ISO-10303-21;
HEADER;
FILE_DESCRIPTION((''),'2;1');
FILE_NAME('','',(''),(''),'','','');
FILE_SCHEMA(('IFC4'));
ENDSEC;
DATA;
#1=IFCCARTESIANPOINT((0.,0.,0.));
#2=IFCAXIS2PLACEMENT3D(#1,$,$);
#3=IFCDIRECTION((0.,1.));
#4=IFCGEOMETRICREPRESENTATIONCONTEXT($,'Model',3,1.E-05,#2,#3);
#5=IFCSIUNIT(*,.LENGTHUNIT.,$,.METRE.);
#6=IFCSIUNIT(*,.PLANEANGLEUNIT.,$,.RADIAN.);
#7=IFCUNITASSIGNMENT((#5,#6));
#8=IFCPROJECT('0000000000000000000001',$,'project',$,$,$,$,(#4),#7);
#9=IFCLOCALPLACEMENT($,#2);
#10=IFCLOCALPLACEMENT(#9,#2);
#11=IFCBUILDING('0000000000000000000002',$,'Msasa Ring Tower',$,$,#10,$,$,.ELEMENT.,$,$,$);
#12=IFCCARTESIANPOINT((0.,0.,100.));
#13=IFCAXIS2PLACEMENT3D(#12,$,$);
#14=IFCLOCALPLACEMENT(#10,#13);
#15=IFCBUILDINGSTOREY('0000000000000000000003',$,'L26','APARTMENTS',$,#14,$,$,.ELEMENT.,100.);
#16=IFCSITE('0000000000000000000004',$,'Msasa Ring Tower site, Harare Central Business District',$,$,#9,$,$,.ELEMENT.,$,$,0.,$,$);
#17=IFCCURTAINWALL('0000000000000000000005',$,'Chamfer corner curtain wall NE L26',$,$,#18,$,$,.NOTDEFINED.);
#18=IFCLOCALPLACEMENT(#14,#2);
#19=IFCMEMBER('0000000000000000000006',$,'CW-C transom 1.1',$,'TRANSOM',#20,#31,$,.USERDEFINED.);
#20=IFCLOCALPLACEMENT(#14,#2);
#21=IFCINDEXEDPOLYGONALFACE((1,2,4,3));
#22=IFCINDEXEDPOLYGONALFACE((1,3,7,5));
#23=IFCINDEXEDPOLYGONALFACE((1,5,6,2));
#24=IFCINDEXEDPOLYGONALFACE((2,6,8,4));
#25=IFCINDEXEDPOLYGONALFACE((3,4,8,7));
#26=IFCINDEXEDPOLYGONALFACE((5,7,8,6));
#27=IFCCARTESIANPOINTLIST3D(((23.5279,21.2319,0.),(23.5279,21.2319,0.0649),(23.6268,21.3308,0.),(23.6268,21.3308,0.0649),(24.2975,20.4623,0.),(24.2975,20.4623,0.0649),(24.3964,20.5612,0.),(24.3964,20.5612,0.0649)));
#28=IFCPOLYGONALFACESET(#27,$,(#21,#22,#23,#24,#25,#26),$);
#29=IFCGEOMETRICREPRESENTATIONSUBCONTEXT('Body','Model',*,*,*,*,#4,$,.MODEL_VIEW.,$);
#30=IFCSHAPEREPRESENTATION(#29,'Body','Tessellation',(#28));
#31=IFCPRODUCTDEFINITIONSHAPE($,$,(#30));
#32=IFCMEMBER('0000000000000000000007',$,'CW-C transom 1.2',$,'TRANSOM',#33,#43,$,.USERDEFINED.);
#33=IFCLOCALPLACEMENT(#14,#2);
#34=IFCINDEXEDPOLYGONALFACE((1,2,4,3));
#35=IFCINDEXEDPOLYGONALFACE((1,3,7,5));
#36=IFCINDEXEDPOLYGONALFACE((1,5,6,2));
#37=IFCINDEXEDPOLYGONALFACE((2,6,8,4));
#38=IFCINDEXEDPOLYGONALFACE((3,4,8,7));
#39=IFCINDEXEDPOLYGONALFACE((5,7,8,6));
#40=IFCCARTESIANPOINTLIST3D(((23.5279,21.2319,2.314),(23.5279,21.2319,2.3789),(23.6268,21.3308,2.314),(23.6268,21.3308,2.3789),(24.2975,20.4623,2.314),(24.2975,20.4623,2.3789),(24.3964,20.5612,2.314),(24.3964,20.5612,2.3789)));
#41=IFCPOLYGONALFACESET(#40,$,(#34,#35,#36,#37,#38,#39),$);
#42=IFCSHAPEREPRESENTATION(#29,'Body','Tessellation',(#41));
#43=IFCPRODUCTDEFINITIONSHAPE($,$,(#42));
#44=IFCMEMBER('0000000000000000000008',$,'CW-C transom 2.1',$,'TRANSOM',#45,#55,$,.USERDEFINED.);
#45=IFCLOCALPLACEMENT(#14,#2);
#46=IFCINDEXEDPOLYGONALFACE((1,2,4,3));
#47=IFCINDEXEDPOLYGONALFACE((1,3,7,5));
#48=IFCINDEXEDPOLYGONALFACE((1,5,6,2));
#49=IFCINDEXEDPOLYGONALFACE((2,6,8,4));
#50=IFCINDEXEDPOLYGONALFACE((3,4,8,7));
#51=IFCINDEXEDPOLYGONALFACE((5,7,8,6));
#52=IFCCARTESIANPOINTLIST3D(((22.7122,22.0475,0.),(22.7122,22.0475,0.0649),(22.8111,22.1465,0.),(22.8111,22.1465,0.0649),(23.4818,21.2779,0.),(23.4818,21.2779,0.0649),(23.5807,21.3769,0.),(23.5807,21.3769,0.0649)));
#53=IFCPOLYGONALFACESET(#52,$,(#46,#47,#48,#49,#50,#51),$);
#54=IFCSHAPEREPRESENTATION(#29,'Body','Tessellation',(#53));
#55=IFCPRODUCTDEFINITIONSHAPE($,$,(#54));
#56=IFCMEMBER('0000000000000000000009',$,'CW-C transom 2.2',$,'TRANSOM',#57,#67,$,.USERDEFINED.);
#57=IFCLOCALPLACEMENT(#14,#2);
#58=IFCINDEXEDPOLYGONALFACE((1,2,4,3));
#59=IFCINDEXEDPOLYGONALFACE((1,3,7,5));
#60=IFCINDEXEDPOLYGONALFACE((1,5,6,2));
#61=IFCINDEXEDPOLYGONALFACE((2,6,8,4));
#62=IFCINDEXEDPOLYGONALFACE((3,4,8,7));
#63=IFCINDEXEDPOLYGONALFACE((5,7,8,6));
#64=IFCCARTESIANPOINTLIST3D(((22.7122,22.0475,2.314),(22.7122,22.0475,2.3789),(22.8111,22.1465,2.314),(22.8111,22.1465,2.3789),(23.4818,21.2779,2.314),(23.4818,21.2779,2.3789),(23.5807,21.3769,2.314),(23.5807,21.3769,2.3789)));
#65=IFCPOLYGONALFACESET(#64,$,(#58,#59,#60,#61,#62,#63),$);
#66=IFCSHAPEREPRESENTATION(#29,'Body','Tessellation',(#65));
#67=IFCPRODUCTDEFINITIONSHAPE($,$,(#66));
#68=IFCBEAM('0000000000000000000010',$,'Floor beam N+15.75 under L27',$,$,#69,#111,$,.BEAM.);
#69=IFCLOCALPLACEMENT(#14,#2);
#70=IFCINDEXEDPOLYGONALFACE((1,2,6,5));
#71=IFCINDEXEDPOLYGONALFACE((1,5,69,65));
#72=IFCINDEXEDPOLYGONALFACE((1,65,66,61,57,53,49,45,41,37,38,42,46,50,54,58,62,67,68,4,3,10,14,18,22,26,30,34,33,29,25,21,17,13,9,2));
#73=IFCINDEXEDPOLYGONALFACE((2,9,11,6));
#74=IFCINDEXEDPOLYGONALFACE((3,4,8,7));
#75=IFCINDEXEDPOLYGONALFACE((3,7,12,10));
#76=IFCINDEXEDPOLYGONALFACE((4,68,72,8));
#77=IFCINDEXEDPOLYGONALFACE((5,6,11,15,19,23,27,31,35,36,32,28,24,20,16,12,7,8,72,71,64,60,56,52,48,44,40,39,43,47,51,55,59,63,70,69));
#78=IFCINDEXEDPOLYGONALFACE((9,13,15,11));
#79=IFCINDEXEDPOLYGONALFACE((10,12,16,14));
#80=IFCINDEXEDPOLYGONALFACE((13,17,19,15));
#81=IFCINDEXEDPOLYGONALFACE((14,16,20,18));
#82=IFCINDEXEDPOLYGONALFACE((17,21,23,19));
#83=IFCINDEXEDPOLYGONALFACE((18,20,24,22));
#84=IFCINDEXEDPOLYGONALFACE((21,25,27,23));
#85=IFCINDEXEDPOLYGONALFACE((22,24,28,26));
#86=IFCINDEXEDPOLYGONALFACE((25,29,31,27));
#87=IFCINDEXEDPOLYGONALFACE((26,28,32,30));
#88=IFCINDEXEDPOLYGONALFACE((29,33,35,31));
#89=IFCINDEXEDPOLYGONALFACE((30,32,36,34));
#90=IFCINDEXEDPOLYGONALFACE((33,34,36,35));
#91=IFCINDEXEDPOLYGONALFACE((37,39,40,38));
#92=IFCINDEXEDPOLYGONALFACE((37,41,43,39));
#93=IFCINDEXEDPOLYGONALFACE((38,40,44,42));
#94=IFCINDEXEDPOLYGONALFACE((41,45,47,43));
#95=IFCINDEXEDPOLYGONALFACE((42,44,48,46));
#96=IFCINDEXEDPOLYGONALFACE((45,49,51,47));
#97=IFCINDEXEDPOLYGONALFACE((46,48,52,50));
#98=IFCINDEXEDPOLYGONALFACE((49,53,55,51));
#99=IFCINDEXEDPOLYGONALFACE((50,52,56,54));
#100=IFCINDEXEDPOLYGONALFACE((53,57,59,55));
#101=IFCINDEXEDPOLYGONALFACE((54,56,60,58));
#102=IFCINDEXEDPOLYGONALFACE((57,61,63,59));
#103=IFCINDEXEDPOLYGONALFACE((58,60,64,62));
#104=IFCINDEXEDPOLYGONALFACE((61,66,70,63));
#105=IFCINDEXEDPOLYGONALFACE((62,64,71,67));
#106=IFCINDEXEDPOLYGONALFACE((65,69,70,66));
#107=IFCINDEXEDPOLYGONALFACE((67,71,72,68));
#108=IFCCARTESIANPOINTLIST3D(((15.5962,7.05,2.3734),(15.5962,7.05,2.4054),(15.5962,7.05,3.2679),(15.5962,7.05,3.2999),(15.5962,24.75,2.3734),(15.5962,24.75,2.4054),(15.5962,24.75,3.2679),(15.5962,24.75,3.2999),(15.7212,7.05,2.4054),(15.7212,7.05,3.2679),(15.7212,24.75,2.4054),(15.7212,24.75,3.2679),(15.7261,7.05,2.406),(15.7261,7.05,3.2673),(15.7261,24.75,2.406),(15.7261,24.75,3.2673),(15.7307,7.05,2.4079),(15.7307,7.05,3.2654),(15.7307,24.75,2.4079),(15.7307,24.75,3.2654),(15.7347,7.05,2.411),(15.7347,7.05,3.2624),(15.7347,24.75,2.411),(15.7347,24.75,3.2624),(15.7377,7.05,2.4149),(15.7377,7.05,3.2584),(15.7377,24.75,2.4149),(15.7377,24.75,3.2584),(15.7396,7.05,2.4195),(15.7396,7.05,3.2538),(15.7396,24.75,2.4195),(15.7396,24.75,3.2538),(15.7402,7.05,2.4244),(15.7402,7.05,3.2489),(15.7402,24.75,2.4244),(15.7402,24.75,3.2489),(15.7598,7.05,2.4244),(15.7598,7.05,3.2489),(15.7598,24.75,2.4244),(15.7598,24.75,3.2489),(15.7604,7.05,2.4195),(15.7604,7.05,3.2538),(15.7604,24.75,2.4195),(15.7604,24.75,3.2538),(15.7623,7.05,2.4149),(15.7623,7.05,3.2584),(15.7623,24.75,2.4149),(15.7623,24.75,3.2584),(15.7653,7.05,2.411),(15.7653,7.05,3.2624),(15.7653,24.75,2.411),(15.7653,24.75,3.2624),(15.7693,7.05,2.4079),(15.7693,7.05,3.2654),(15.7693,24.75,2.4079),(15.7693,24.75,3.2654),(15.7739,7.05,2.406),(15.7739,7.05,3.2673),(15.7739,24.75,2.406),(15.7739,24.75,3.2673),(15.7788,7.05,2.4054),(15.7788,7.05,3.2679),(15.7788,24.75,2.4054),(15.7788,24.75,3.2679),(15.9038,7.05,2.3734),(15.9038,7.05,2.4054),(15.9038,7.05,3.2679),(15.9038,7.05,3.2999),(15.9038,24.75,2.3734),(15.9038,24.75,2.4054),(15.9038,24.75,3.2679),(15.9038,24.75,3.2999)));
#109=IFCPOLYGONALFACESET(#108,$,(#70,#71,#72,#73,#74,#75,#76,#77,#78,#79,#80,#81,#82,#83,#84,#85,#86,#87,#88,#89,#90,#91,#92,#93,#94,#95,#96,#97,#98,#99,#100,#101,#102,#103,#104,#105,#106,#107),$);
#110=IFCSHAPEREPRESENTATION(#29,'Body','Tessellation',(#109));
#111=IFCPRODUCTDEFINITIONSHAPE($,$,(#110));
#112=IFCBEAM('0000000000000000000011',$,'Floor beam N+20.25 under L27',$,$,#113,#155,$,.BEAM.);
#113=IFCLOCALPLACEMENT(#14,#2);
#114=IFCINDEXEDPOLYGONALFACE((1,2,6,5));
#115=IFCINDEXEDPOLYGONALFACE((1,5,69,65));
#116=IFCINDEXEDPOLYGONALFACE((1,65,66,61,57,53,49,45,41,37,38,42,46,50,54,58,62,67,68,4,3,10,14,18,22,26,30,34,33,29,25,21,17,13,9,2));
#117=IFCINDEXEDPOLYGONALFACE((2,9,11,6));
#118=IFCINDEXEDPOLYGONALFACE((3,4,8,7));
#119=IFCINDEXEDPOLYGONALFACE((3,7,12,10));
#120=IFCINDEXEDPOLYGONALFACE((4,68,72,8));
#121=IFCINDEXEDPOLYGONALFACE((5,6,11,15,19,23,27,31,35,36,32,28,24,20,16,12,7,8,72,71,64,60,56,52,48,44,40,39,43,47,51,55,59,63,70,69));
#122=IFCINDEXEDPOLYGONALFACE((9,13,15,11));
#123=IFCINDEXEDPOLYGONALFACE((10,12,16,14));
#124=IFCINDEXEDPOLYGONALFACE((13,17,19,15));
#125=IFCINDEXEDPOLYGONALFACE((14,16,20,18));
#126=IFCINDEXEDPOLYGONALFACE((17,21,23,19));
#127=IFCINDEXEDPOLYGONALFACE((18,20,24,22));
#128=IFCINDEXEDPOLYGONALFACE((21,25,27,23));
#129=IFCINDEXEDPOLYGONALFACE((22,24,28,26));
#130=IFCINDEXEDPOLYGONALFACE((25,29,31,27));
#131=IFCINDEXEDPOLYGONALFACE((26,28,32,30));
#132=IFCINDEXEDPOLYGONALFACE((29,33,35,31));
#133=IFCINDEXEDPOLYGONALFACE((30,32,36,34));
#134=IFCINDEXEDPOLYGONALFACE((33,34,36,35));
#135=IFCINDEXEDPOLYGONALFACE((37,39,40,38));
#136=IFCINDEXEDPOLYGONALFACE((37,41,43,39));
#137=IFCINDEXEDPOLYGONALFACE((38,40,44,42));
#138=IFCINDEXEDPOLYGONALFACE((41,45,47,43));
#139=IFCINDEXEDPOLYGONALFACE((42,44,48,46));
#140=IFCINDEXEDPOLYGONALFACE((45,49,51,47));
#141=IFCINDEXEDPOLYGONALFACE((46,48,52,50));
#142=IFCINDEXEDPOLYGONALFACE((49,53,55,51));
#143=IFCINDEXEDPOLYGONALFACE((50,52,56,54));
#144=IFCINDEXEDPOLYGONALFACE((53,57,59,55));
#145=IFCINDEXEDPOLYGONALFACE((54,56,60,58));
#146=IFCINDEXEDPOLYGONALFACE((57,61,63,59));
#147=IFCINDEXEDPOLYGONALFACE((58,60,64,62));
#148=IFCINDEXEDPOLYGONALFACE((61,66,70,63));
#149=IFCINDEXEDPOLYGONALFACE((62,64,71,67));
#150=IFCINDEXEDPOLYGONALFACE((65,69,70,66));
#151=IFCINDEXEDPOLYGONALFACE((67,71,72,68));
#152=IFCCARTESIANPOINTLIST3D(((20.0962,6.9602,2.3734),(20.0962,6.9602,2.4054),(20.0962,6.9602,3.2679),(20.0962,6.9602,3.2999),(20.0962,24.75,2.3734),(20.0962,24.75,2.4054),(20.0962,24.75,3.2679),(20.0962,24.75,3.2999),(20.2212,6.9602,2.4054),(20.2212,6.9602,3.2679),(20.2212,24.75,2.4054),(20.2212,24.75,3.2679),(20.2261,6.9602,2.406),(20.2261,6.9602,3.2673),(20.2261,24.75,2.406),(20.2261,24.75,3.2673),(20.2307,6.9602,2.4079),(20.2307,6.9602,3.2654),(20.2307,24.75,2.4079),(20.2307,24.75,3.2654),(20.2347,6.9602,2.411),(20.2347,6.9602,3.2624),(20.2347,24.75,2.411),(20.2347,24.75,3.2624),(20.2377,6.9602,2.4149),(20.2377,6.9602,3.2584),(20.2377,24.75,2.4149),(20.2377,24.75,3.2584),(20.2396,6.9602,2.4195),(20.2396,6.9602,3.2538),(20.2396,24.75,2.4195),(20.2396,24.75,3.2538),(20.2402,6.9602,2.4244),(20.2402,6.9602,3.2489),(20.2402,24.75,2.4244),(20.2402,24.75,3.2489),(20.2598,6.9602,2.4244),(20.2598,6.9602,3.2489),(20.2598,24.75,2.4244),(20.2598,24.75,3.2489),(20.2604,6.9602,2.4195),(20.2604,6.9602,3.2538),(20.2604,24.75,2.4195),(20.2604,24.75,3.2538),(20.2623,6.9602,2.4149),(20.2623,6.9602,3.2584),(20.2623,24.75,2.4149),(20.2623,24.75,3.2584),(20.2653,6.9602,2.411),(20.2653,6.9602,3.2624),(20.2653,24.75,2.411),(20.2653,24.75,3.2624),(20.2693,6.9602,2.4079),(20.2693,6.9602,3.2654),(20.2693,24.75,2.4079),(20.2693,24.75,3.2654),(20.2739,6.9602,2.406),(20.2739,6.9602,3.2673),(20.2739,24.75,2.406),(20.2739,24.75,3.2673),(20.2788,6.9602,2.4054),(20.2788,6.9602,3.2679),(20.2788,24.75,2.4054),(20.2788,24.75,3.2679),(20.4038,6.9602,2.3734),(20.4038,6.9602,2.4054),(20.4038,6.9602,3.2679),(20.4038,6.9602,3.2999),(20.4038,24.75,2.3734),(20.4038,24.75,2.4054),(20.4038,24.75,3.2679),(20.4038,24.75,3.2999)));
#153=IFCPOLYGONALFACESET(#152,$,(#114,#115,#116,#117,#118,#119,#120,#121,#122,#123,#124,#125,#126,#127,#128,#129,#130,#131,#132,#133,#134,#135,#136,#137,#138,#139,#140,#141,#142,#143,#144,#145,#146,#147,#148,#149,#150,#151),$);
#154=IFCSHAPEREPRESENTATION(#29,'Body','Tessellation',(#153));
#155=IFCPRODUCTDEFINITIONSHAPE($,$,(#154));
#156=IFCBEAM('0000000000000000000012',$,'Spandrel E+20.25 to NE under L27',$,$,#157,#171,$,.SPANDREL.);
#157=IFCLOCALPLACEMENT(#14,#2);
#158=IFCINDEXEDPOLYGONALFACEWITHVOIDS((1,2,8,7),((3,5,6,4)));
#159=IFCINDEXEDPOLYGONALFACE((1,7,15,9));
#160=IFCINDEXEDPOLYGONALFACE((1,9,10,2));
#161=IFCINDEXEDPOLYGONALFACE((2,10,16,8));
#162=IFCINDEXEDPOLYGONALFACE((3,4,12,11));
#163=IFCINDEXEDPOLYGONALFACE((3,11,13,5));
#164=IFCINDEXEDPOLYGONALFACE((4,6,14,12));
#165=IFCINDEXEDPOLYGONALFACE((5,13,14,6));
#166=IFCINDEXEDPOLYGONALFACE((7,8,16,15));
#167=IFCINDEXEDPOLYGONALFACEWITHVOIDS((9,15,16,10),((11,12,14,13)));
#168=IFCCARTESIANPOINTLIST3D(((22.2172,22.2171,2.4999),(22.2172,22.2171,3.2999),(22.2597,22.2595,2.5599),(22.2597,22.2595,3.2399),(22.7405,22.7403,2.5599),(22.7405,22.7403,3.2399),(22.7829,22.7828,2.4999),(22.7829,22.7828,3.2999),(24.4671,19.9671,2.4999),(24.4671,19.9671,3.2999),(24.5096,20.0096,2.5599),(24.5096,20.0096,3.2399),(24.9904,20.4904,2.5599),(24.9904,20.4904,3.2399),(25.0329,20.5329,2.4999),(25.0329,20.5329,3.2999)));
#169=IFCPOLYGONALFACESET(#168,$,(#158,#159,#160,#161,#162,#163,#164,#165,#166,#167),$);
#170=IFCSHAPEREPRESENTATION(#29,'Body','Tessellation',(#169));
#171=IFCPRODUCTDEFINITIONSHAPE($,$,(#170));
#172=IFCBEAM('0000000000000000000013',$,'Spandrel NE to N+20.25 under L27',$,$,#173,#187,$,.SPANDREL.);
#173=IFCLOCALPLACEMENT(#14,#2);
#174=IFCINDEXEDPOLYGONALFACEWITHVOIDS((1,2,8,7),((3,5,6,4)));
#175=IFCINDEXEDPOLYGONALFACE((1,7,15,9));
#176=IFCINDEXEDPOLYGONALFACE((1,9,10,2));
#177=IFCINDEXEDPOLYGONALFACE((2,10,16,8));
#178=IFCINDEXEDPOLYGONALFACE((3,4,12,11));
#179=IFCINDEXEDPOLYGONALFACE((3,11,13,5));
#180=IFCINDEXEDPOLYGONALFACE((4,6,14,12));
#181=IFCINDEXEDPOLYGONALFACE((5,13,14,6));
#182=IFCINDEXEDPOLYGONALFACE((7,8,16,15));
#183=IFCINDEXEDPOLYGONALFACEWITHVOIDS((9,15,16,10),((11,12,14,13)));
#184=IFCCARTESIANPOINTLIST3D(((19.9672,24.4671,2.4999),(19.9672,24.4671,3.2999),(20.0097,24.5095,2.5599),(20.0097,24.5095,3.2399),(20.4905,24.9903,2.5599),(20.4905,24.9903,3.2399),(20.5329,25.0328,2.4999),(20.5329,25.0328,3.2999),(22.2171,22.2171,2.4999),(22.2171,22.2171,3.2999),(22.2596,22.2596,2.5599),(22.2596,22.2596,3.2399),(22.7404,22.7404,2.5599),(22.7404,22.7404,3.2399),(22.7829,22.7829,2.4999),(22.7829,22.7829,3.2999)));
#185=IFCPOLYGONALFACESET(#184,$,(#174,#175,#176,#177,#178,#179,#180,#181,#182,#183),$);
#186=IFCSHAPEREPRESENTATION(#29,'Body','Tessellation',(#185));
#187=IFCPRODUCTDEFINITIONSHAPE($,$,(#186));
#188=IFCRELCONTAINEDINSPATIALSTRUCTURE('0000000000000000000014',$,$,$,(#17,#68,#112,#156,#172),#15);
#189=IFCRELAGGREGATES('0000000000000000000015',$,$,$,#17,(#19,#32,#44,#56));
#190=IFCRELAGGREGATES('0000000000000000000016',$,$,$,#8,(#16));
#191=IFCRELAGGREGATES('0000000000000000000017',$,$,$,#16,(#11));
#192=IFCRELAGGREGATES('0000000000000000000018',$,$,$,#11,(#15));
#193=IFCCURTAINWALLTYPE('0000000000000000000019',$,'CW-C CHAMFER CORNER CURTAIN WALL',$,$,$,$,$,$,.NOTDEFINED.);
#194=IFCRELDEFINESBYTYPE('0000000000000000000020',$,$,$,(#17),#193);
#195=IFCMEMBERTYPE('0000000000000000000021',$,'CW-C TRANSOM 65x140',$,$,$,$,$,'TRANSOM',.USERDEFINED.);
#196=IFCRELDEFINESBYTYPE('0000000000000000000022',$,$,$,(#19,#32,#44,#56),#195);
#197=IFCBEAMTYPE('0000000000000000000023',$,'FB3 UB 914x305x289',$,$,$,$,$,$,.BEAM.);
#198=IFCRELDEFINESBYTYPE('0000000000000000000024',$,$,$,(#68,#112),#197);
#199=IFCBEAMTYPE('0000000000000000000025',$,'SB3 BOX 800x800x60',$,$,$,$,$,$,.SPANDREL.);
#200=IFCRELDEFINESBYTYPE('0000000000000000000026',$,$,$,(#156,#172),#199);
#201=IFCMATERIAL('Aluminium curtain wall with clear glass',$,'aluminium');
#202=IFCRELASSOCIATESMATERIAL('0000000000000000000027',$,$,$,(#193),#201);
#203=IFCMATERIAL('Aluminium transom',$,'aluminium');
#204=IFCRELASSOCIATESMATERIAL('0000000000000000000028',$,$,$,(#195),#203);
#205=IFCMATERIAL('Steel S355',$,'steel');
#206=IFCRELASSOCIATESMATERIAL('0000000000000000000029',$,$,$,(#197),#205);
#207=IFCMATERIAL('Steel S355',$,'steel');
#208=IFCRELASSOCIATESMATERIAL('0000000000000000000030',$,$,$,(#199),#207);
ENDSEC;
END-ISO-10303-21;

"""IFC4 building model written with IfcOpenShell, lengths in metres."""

from ifc_helpers import new_model, si_unit, direction, frame, origin, origin_2d, place, context, subcontext, project, spatial, rectangle, hollow_rectangle, i_section, extrude, material, material_profile, profile_set, type_object, element, aggregate, save


model = new_model("IFC4")

# Units and contexts
model_context = context("Model", 3, precision=1e-05, world=origin(), true_north=direction((0.0, 1.0)))
body_context = subcontext(model_context, "Body", "Model", "MODEL_VIEW")
ifc_project = project(units=[si_unit("LENGTHUNIT", "METRE"), si_unit("PLANEANGLEUNIT", "RADIAN")], contexts=[model_context])

# Site, building, storey
site_placement = place(None, origin())
site = spatial("IfcSite", under=ifc_project, at=site_placement, Name="Msasa Ring Tower site, Harare Central Business District", CompositionType="ELEMENT", RefElevation=0.0)
building_placement = place(site_placement, origin())
building = spatial("IfcBuilding", under=site, at=building_placement, Name="Msasa Ring Tower", CompositionType="ELEMENT")
storey_placement = place(building_placement, frame((0.0, 0.0, 100.0)))
storey = spatial("IfcBuildingStorey", under=building, at=storey_placement, Name="L26", Description="APARTMENTS", CompositionType="ELEMENT", Elevation=100.0)

# Curtain wall
ifc_material_1 = material(Name="Aluminium curtain wall with clear glass", Category="aluminium")
curtain_wall_type = type_object("IfcCurtainWallType", Name="CW-C CHAMFER CORNER CURTAIN WALL", PredefinedType="NOTDEFINED", material=ifc_material_1)
curtain_wall_1_placement = place(storey_placement, origin())
curtain_wall_1 = element("IfcCurtainWall", 1, at=curtain_wall_1_placement, inside=storey, type_object=curtain_wall_type, Name="Chamfer corner curtain wall NE L26", PredefinedType="NOTDEFINED")

# Members
ifc_material_2 = material(Name="Aluminium transom", Category="aluminium")
ifc_material_profile_1 = material_profile(ifc_material_2, rectangle(XDim=0.1399, YDim=0.0649, at=origin_2d()), Name="AL 65x140")
ifc_profile_set_1 = profile_set([ifc_material_profile_1], Name="Aluminium transom")
member_type_1 = type_object("IfcMemberType", Name="CW-C TRANSOM 65x140", ElementType="TRANSOM", PredefinedType="USERDEFINED", material=ifc_profile_set_1)
member_1_placement = place(storey_placement, frame((24.3469, 20.5117, 0.0325), z_axis=(-0.707107, 0.707107, 0.0), x_axis=(-0.707107, -0.707107, 0.0)))
member_1 = element("IfcMember", 2, at=member_1_placement, type_object=member_type_1, Name="CW-C transom 1.1", ObjectType="TRANSOM", PredefinedType="USERDEFINED", context=body_context, shape_type="SweptSolid", body=[
    extrude(rectangle(XDim=0.1399, YDim=0.0649, at=origin_2d()), origin(), (0.0, 0.0, 1.0), 1.0884),
])
member_2_placement = place(storey_placement, frame((24.3469, 20.5117, 2.3464), z_axis=(-0.707107, 0.707107, 0.0), x_axis=(-0.707107, -0.707107, 0.0)))
member_2 = element("IfcMember", 3, at=member_2_placement, type_object=member_type_1, Name="CW-C transom 1.2", ObjectType="TRANSOM", PredefinedType="USERDEFINED", context=body_context, shape_type="SweptSolid", body=[
    extrude(rectangle(XDim=0.1399, YDim=0.0649, at=origin_2d()), origin(), (0.0, 0.0, 1.0), 1.0884),
])
member_3_placement = place(storey_placement, frame((23.5312, 21.3274, 0.0325), z_axis=(-0.707107, 0.707107, 0.0), x_axis=(-0.707107, -0.707107, 0.0)))
member_3 = element("IfcMember", 4, at=member_3_placement, type_object=member_type_1, Name="CW-C transom 2.1", ObjectType="TRANSOM", PredefinedType="USERDEFINED", context=body_context, shape_type="SweptSolid", body=[
    extrude(rectangle(XDim=0.1399, YDim=0.0649, at=origin_2d()), origin(), (0.0, 0.0, 1.0), 1.0884),
])
member_4_placement = place(storey_placement, frame((23.5312, 21.3274, 2.3464), z_axis=(-0.707107, 0.707107, 0.0), x_axis=(-0.707107, -0.707107, 0.0)))
member_4 = element("IfcMember", 5, at=member_4_placement, type_object=member_type_1, Name="CW-C transom 2.2", ObjectType="TRANSOM", PredefinedType="USERDEFINED", context=body_context, shape_type="SweptSolid", body=[
    extrude(rectangle(XDim=0.1399, YDim=0.0649, at=origin_2d()), origin(), (0.0, 0.0, 1.0), 1.0884),
])

# Beams
ifc_material_3 = material(Name="Steel S355", Category="steel")
ifc_material_profile_2 = material_profile(ifc_material_3, i_section(OverallWidth=0.3076, OverallDepth=0.9265, WebThickness=0.0195, FlangeThickness=0.032, FilletRadius=0.019, at=origin_2d()), Name="UB 914x305x289")
ifc_profile_set_2 = profile_set([ifc_material_profile_2], Name="Steel S355")
beam_type_1 = type_object("IfcBeamType", Name="FB3 UB 914x305x289", PredefinedType="BEAM", material=ifc_profile_set_2)
beam_1_placement = place(storey_placement, frame((15.75, 24.75, 2.8367), z_axis=(0.0, -1.0, 0.0), x_axis=(1.0, 0.0, 0.0)))
element("IfcBeam", 6, at=beam_1_placement, inside=storey, type_object=beam_type_1, Name="Floor beam N+15.75 under L27", PredefinedType="BEAM", context=body_context, shape_type="SweptSolid", body=[
    extrude(i_section(OverallWidth=0.3076, OverallDepth=0.9265, WebThickness=0.0195, FlangeThickness=0.032, FilletRadius=0.019, at=origin_2d()), origin(), (0.0, 0.0, 1.0), 17.7),
])
beam_2_placement = place(storey_placement, frame((20.25, 24.75, 2.8367), z_axis=(0.0, -1.0, 0.0), x_axis=(1.0, 0.0, 0.0)))
element("IfcBeam", 7, at=beam_2_placement, inside=storey, type_object=beam_type_1, Name="Floor beam N+20.25 under L27", PredefinedType="BEAM", context=body_context, shape_type="SweptSolid", body=[
    extrude(i_section(OverallWidth=0.3076, OverallDepth=0.9265, WebThickness=0.0195, FlangeThickness=0.032, FilletRadius=0.019, at=origin_2d()), origin(), (0.0, 0.0, 1.0), 17.7898),
])
ifc_material_4 = material(Name="Steel S355", Category="steel")
ifc_material_profile_3 = material_profile(ifc_material_4, hollow_rectangle(XDim=0.8, YDim=0.8, WallThickness=0.0601, at=origin_2d()), Name="BOX 800x800x60")
ifc_profile_set_3 = profile_set([ifc_material_profile_3], Name="Steel S355")
beam_type_2 = type_object("IfcBeamType", Name="SB3 BOX 800x800x60", PredefinedType="SPANDREL", material=ifc_profile_set_3)
for number, where, z_axis, x_axis, name in (
    (8, (24.75, 20.25, 2.8999), (-0.707107, 0.707107, 0.0), (-0.707107, -0.707107, 0.0), "Spandrel E+20.25 to NE under L27"),
    (9, (22.5, 22.5, 2.8999), (-0.707107, 0.707107, 0.0), (-0.707107, -0.707107, 0.0), "Spandrel NE to N+20.25 under L27"),
):
    element("IfcBeam", number, at=place(storey_placement, frame(where, z_axis=z_axis, x_axis=x_axis)), inside=storey, type_object=beam_type_2, Name=name, PredefinedType="SPANDREL", context=body_context, shape_type="SweptSolid", body=[
        extrude(hollow_rectangle(XDim=0.8, YDim=0.8, WallThickness=0.0601, at=origin_2d()), origin(), (0.0, 0.0, 1.0), 3.1819),
    ])

aggregate(curtain_wall_1, [member_1, member_2, member_3, member_4])

save(model, "model.ifc")
